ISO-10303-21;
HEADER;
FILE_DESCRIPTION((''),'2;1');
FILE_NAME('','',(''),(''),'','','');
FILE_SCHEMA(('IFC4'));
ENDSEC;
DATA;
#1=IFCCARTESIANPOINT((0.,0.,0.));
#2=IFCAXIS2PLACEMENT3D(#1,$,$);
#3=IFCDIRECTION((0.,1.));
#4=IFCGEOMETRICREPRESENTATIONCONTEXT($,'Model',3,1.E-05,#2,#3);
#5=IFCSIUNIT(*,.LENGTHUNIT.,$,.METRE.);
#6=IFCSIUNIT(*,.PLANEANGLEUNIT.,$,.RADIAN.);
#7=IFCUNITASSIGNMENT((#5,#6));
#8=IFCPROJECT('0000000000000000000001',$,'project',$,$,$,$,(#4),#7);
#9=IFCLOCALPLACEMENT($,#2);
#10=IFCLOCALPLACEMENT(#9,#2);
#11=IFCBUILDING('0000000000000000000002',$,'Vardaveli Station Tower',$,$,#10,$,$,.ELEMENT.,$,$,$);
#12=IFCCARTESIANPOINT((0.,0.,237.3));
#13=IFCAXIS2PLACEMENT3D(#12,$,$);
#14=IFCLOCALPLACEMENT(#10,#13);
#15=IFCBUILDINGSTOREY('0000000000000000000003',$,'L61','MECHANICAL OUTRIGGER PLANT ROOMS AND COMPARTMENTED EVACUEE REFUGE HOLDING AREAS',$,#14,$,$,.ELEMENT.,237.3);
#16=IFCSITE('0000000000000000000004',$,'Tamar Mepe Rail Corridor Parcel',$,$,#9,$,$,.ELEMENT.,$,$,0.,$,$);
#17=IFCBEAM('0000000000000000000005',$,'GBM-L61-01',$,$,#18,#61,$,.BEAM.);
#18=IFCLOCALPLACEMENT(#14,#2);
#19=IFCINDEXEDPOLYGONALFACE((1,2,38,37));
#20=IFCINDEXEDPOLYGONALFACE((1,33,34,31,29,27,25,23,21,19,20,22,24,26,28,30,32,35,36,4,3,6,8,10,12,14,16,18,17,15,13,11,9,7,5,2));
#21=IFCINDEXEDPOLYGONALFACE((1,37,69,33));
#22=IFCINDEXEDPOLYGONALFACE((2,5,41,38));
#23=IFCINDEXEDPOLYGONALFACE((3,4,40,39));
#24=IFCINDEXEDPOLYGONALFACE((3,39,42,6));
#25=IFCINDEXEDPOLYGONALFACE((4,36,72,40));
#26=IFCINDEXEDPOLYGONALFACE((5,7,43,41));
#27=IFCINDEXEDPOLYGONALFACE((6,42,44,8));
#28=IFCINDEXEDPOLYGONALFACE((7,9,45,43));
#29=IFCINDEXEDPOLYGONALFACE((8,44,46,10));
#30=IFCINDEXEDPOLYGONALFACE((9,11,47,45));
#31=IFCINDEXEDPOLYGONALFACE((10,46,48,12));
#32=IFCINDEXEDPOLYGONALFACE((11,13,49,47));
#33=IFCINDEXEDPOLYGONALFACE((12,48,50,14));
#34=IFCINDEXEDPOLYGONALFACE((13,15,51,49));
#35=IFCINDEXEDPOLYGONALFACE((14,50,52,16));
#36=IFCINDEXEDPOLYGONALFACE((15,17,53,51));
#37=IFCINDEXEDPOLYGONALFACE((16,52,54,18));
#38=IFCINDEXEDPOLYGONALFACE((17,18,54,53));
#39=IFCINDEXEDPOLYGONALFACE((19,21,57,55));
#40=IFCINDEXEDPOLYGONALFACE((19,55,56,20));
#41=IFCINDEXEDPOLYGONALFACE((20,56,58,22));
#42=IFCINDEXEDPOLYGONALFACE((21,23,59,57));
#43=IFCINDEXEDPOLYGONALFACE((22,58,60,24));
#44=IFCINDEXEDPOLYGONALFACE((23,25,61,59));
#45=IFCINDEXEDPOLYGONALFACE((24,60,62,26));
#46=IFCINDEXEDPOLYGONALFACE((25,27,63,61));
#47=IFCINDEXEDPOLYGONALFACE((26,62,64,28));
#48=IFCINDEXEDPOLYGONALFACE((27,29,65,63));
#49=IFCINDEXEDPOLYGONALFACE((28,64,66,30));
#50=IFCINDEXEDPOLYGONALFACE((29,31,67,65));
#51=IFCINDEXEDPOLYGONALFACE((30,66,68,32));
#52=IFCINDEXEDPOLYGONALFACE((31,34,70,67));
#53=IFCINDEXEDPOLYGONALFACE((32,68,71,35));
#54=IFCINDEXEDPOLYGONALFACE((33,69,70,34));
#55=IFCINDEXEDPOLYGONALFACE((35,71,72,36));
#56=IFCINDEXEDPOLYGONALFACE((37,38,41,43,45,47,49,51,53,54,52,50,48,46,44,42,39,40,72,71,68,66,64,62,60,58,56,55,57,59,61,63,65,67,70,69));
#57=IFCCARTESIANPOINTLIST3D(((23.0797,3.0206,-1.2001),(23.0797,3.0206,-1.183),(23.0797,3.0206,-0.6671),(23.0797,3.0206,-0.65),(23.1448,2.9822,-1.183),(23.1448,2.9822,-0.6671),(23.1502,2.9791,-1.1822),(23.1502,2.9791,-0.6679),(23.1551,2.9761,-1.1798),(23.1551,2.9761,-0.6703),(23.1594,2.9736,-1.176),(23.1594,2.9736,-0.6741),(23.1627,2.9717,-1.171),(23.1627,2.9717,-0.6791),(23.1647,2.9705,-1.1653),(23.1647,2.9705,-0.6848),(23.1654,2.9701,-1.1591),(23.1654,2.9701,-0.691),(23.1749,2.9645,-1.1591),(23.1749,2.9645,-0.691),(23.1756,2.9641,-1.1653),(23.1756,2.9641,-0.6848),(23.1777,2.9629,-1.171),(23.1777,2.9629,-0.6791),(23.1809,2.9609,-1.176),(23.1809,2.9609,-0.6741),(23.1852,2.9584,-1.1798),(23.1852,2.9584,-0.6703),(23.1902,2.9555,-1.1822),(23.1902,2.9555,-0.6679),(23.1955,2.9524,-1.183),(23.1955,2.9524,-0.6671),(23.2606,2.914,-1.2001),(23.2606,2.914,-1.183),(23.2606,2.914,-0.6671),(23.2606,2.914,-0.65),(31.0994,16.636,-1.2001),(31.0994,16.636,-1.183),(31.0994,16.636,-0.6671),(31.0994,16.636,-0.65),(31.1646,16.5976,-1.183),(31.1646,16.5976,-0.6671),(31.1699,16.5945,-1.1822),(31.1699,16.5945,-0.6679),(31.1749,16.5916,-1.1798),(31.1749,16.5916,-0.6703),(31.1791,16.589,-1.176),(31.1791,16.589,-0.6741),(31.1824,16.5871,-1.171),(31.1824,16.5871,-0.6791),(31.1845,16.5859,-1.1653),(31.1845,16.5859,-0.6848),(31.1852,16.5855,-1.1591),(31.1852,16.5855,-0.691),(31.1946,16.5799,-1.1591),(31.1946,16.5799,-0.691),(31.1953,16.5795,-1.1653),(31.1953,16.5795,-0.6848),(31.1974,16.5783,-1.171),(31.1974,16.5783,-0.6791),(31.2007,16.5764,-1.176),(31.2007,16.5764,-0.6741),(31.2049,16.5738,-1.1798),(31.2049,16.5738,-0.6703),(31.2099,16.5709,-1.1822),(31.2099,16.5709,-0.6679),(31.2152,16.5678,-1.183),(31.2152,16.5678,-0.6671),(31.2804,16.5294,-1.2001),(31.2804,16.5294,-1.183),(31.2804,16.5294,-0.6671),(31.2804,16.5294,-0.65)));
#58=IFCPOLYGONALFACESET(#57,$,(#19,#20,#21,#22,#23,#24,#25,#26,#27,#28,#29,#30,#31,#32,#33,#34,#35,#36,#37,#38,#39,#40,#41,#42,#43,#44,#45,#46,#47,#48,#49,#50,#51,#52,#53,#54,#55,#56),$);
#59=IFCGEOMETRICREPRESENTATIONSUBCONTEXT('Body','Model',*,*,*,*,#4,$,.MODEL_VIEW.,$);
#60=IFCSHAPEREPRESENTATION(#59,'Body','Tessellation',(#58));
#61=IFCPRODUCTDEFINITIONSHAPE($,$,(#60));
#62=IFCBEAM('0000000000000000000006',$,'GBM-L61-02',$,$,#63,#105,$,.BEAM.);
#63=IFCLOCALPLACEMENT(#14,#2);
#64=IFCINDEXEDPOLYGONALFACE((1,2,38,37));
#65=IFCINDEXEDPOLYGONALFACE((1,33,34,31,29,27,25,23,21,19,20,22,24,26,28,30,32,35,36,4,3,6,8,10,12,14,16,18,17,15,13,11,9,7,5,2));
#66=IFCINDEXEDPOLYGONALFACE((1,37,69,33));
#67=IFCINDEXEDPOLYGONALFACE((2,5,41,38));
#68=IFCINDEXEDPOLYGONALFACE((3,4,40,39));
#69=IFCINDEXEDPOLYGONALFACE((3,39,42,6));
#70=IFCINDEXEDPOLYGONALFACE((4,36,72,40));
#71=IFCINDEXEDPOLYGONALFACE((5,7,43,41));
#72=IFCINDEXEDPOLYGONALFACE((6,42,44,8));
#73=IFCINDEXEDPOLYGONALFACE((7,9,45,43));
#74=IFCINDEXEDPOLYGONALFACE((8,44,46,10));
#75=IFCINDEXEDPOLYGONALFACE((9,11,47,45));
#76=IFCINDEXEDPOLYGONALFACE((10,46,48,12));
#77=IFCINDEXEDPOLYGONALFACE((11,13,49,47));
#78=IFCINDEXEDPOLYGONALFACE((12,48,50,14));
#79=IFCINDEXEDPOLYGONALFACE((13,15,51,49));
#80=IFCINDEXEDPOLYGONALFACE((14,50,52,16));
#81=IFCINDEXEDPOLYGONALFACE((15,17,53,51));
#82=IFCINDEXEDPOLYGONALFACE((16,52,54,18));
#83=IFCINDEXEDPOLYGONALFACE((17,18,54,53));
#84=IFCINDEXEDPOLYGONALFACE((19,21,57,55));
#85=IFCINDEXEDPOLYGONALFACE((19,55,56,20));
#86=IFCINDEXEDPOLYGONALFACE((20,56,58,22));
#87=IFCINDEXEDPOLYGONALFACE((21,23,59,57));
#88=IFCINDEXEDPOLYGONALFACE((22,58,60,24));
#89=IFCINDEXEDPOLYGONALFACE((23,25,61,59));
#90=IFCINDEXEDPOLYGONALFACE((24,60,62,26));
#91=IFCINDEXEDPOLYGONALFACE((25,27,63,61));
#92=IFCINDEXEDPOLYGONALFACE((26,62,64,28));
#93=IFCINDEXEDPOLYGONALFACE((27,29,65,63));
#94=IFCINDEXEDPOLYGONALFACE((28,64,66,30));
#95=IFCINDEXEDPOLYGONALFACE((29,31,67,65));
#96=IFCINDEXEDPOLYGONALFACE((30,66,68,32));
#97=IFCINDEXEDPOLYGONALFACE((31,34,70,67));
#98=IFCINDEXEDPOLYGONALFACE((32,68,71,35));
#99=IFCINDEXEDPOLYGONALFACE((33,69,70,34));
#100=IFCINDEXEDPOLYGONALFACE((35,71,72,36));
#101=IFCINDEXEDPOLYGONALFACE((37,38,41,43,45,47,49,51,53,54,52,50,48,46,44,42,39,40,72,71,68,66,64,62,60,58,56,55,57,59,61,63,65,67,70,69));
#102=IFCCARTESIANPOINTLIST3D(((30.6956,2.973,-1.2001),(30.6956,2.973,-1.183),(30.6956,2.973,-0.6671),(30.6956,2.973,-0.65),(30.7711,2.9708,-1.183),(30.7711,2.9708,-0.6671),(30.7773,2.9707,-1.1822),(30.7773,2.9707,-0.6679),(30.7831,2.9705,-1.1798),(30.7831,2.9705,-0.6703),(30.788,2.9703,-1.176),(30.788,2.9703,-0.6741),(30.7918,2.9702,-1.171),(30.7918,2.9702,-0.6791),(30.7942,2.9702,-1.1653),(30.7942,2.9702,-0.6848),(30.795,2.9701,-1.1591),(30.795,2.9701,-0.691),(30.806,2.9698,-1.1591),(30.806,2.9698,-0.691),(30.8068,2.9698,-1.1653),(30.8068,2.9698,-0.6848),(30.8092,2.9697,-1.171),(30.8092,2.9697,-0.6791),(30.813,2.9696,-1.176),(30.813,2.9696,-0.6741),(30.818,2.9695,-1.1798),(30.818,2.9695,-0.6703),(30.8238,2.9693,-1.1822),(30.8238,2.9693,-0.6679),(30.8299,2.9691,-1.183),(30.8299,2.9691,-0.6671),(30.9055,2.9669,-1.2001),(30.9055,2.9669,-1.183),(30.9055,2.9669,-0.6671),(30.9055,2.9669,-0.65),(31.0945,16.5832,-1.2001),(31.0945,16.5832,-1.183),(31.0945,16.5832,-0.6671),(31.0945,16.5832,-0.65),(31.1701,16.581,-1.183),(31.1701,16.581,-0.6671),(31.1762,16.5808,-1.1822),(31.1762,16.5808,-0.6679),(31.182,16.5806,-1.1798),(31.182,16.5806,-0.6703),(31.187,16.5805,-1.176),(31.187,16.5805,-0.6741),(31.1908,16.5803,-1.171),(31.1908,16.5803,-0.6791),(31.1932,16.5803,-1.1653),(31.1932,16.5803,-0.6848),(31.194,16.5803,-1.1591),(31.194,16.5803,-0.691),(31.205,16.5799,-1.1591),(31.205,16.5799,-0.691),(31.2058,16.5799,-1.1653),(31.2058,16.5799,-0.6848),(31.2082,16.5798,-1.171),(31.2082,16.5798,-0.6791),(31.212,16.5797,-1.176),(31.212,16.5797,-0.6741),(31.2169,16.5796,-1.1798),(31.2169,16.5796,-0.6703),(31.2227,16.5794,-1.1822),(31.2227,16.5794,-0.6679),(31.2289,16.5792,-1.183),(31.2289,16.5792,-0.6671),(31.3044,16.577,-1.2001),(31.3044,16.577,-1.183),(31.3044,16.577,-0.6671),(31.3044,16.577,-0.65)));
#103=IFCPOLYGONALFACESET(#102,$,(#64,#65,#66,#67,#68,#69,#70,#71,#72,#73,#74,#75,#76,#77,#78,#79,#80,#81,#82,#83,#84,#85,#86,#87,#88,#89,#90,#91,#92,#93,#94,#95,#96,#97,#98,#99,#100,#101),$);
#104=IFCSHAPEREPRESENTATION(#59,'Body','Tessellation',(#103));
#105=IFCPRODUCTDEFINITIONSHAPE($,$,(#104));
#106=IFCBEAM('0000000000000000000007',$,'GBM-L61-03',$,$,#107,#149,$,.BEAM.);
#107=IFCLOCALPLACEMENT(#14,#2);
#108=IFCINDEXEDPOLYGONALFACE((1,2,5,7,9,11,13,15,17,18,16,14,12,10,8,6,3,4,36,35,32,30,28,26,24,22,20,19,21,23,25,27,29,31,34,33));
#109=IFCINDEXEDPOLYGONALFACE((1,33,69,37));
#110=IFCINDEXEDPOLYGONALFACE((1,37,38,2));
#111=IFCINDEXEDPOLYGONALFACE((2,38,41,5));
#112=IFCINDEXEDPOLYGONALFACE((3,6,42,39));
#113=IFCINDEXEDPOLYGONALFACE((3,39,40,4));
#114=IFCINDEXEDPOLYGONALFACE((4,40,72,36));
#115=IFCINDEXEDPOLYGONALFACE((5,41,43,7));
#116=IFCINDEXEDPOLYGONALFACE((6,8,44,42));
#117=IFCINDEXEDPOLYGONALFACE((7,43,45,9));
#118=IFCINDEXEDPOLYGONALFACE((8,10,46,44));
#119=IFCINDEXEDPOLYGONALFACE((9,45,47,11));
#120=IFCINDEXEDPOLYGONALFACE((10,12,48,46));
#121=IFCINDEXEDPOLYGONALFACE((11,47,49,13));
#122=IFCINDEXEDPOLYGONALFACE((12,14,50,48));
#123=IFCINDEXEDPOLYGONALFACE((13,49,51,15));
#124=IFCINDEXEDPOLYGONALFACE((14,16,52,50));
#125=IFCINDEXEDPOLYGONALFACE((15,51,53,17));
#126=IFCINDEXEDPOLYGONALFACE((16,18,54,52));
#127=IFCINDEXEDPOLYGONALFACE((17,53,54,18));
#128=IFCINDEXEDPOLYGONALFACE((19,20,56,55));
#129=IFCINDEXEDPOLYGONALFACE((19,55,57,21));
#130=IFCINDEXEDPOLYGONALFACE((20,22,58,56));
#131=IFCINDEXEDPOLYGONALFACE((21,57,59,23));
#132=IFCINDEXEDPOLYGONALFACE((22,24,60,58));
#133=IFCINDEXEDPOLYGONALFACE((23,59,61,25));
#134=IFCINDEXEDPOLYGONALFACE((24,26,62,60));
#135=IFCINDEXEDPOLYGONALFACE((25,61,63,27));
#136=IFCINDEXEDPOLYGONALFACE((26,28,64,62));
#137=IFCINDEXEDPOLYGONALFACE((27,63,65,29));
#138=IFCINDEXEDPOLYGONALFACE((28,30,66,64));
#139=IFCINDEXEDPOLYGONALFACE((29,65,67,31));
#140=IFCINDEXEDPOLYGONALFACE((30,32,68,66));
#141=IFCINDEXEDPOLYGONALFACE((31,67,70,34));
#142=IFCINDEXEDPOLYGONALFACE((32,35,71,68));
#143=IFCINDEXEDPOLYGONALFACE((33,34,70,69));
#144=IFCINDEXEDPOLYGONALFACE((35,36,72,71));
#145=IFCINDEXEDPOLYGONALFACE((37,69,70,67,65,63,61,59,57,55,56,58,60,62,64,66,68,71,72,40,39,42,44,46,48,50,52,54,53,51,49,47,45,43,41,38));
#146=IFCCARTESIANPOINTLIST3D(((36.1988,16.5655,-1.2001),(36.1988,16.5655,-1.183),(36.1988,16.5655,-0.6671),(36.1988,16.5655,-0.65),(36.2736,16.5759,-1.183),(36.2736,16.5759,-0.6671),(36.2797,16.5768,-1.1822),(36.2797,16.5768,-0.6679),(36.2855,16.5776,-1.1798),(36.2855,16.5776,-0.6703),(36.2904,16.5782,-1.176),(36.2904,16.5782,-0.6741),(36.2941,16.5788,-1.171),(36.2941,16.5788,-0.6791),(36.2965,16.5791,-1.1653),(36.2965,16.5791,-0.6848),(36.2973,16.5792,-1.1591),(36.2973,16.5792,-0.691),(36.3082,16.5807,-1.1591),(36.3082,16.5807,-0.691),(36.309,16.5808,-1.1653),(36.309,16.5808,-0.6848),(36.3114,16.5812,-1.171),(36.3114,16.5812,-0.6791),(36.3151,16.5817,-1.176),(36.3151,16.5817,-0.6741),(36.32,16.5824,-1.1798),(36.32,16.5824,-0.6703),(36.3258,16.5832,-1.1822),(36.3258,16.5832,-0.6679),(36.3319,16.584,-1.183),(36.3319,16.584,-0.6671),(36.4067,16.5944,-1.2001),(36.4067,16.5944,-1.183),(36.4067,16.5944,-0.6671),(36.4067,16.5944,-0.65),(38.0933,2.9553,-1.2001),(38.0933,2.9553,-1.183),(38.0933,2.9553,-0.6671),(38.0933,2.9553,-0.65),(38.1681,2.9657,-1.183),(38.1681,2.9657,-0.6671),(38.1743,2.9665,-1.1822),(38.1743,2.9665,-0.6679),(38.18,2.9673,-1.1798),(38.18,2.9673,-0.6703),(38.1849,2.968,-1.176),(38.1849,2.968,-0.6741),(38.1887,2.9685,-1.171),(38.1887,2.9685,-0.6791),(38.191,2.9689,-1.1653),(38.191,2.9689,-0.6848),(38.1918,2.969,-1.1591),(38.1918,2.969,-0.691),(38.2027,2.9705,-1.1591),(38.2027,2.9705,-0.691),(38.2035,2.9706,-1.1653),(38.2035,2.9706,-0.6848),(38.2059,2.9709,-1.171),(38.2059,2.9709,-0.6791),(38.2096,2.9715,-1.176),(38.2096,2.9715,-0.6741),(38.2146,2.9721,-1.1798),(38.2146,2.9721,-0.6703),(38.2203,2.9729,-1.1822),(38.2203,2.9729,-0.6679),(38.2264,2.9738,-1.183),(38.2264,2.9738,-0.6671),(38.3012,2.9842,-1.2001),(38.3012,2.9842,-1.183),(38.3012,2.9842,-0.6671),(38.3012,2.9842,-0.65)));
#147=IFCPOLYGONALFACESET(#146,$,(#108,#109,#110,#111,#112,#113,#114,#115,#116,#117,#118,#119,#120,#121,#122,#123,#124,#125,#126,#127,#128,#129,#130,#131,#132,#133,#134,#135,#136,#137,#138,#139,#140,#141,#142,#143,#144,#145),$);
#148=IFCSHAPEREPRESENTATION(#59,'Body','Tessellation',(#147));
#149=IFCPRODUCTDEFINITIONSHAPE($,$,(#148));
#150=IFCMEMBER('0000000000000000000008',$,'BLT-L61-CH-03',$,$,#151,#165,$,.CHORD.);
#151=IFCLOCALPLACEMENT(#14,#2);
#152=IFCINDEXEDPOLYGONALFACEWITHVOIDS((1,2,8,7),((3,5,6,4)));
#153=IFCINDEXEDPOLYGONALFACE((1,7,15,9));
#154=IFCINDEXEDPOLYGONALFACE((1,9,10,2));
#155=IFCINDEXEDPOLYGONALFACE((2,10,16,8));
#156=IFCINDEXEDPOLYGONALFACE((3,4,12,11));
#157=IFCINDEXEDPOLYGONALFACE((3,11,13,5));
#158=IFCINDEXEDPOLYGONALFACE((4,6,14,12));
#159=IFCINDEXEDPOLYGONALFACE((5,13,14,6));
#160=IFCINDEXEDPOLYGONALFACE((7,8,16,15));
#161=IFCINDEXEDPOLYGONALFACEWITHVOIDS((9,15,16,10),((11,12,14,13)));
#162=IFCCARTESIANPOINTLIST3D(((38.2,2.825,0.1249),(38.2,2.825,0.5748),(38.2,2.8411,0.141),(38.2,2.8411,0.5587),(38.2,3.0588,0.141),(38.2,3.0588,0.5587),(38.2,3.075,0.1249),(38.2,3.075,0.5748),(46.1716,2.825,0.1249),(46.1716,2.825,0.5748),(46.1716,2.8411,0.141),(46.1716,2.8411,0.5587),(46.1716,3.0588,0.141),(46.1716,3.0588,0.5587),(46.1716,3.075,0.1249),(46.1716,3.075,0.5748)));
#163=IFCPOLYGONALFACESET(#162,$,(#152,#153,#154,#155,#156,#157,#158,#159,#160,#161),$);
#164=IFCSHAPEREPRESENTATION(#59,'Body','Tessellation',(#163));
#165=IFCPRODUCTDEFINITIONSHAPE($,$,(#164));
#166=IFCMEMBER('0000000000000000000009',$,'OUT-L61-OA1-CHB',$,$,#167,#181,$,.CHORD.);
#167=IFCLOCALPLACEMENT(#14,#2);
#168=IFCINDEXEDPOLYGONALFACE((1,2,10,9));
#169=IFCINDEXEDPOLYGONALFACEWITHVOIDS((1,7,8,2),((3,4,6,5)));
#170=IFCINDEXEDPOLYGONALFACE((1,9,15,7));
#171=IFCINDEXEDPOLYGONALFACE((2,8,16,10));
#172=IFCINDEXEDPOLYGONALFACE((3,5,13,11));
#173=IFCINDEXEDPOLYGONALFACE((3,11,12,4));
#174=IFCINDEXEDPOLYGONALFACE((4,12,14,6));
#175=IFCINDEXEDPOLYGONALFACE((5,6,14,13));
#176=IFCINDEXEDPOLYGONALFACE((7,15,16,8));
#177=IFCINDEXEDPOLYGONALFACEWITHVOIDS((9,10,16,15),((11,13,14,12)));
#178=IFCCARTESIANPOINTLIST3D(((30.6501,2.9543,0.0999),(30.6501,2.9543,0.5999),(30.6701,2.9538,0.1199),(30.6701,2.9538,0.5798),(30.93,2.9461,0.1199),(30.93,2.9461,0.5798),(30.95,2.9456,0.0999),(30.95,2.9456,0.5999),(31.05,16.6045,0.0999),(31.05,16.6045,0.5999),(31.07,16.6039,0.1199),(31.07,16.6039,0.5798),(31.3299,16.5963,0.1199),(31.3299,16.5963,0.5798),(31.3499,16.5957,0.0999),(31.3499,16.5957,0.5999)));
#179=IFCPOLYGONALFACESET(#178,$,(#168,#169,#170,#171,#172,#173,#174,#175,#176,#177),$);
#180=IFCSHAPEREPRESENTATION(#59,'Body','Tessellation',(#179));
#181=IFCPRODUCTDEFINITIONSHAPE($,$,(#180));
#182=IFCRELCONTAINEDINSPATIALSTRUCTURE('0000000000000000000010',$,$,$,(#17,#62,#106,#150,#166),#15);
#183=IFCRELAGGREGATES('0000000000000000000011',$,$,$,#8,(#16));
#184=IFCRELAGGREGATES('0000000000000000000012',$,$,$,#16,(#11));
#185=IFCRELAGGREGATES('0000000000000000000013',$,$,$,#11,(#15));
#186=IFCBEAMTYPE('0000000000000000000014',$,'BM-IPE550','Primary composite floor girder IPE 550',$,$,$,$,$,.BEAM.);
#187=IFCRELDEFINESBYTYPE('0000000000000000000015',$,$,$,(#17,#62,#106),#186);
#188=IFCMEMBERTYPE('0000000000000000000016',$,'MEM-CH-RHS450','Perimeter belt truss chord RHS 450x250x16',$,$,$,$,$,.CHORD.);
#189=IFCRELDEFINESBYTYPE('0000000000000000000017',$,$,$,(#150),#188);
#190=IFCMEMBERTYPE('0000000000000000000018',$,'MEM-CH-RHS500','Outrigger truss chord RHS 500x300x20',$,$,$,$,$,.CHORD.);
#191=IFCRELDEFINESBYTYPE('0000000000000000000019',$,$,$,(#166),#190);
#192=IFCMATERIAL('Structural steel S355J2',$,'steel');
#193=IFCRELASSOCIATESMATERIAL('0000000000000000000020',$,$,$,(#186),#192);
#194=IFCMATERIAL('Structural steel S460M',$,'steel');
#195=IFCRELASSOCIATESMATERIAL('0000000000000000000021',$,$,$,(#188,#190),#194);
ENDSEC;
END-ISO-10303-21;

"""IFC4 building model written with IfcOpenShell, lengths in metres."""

from ifc_helpers import new_model, si_unit, direction, frame, origin, origin_2d, place, context, subcontext, project, spatial, hollow_rectangle, i_section, extrude, source, transform, mapped, material, material_profile, profile_set, type_object, element, save


model = new_model("IFC4")

# Units and contexts
model_context = context("Model", 3, precision=1e-05, world=origin(), true_north=direction((0.0, 1.0)))
body_context = subcontext(model_context, "Body", "Model", "MODEL_VIEW")
ifc_project = project(units=[si_unit("LENGTHUNIT", "METRE"), si_unit("PLANEANGLEUNIT", "RADIAN")], contexts=[model_context])

# Site, building, storey
site_placement = place(None, origin())
site = spatial("IfcSite", under=ifc_project, at=site_placement, Name="Tamar Mepe Rail Corridor Parcel", CompositionType="ELEMENT", RefElevation=0.0)
building_placement = place(site_placement, origin())
building = spatial("IfcBuilding", under=site, at=building_placement, Name="Vardaveli Station Tower", CompositionType="ELEMENT")
storey_placement = place(building_placement, frame((0.0, 0.0, 237.3)))
storey = spatial("IfcBuildingStorey", under=building, at=storey_placement, Name="L61", Description="MECHANICAL OUTRIGGER PLANT ROOMS AND COMPARTMENTED EVACUEE REFUGE HOLDING AREAS", CompositionType="ELEMENT", Elevation=237.3)

# Shared definitions
ifc_material_1 = material(Name="Structural steel S460M", Category="steel")

# Beams
ifc_material_2 = material(Name="Structural steel S355J2", Category="steel")
ifc_material_profile_1 = material_profile(ifc_material_2, i_section(OverallWidth=0.21, OverallDepth=0.55, WebThickness=0.011, FlangeThickness=0.0171, FilletRadius=0.0239, at=origin_2d()), Name="IPE 550")
ifc_profile_set_1 = profile_set([ifc_material_profile_1], Name="Structural steel S355J2")
beam_type_1 = type_object("IfcBeamType", Name="BM-IPE550", Description="Primary composite floor girder IPE 550", PredefinedType="BEAM", material=ifc_profile_set_1)
shared_shape_1 = source(origin(), body_context, "Body", "SweptSolid", [
    extrude(i_section(OverallWidth=0.21, OverallDepth=0.55, WebThickness=0.011, FlangeThickness=0.0171, FilletRadius=0.0239, at=origin_2d()), origin(), (0.0, 0.0, 1.0), 15.8018),
])
beam_1_placement = place(storey_placement, frame((23.1702, 2.9673, -0.925), z_axis=(0.507522, 0.861639, 0.0), x_axis=(-0.861639, 0.507522, 0.0)))
element("IfcBeam", 1, at=beam_1_placement, inside=storey, type_object=beam_type_1, Name="GBM-L61-01", PredefinedType="BEAM", context=body_context, shape_type="MappedRepresentation", body=[
    mapped(shared_shape_1, transform((0.0, 0.0, 0.0), scale=1.0)),
])
shared_shape_2 = source(origin(), body_context, "Body", "SweptSolid", [
    extrude(i_section(OverallWidth=0.21, OverallDepth=0.55, WebThickness=0.011, FlangeThickness=0.0171, FilletRadius=0.0239, at=origin_2d()), origin(), (0.0, 0.0, 1.0), 13.616),
])
beam_2_placement = place(storey_placement, frame((30.8005, 2.97, -0.925), z_axis=(0.029298, 0.999571, 0.0), x_axis=(-0.999571, 0.029298, 0.0)))
element("IfcBeam", 2, at=beam_2_placement, inside=storey, type_object=beam_type_1, Name="GBM-L61-02", PredefinedType="BEAM", context=body_context, shape_type="MappedRepresentation", body=[
    mapped(shared_shape_2, transform((0.0, 0.0, 0.0), scale=1.0)),
])
shared_shape_3 = source(origin(), body_context, "Body", "SweptSolid", [
    extrude(i_section(OverallWidth=0.21, OverallDepth=0.55, WebThickness=0.011, FlangeThickness=0.0171, FilletRadius=0.0239, at=origin_2d()), origin(), (0.0, 0.0, 1.0), 13.7415),
])
beam_3_placement = place(storey_placement, frame((38.1973, 2.9697, -0.925), z_axis=(-0.137869, 0.990451, 0.0), x_axis=(-0.990451, -0.137869, 0.0)))
element("IfcBeam", 3, at=beam_3_placement, inside=storey, type_object=beam_type_1, Name="GBM-L61-03", PredefinedType="BEAM", context=body_context, shape_type="MappedRepresentation", body=[
    mapped(shared_shape_3, transform((0.0, 0.0, 0.0), scale=1.0)),
])

# Members
ifc_material_profile_2 = material_profile(ifc_material_1, hollow_rectangle(XDim=0.25, YDim=0.45, WallThickness=0.0161, at=origin_2d()), Name="RHS 450x250x16")
ifc_profile_set_2 = profile_set([ifc_material_profile_2], Name="Structural steel S460M")
member_type_1 = type_object("IfcMemberType", Name="MEM-CH-RHS450", Description="Perimeter belt truss chord RHS 450x250x16", PredefinedType="CHORD", material=ifc_profile_set_2)
shared_shape_4 = source(origin(), body_context, "Body", "SweptSolid", [
    extrude(hollow_rectangle(XDim=0.25, YDim=0.45, WallThickness=0.0161, at=origin_2d()), origin(), (0.0, 0.0, 1.0), 7.9717),
])
member_1_placement = place(storey_placement, frame((38.2, 2.95, 0.3499), z_axis=(1.0, 0.0, 0.0), x_axis=(0.0, 1.0, 0.0)))
element("IfcMember", 4, at=member_1_placement, inside=storey, type_object=member_type_1, Name="BLT-L61-CH-03", PredefinedType="CHORD", context=body_context, shape_type="MappedRepresentation", body=[
    mapped(shared_shape_4, transform((0.0, 0.0, 0.0), scale=1.0)),
])
ifc_material_profile_3 = material_profile(ifc_material_1, hollow_rectangle(XDim=0.3, YDim=0.5, WallThickness=0.02, at=origin_2d()), Name="RHS 500x300x20")
ifc_profile_set_3 = profile_set([ifc_material_profile_3], Name="Structural steel S460M")
member_type_2 = type_object("IfcMemberType", Name="MEM-CH-RHS500", Description="Outrigger truss chord RHS 500x300x20", PredefinedType="CHORD", material=ifc_profile_set_3)
shared_shape_5 = source(origin(), body_context, "Body", "SweptSolid", [
    extrude(hollow_rectangle(XDim=0.3, YDim=0.5, WallThickness=0.02, at=origin_2d()), origin(), (0.0, 0.0, 1.0), 13.656),
])
for number, where, z_axis, x_axis, name in (
    (5, (31.2, 16.6001, 0.3499), (-0.029284, -0.999571, 0.0), (0.999571, -0.029284, 0.0), "OUT-L61-OA1-CHB"),
):
    element("IfcMember", number, at=place(storey_placement, frame(where, z_axis=z_axis, x_axis=x_axis)), inside=storey, type_object=member_type_2, Name=name, PredefinedType="CHORD", context=body_context, shape_type="MappedRepresentation", body=[
        mapped(shared_shape_5, transform((0.0, 0.0, 0.0), scale=1.0)),
    ])

save(model, "model.ifc")
